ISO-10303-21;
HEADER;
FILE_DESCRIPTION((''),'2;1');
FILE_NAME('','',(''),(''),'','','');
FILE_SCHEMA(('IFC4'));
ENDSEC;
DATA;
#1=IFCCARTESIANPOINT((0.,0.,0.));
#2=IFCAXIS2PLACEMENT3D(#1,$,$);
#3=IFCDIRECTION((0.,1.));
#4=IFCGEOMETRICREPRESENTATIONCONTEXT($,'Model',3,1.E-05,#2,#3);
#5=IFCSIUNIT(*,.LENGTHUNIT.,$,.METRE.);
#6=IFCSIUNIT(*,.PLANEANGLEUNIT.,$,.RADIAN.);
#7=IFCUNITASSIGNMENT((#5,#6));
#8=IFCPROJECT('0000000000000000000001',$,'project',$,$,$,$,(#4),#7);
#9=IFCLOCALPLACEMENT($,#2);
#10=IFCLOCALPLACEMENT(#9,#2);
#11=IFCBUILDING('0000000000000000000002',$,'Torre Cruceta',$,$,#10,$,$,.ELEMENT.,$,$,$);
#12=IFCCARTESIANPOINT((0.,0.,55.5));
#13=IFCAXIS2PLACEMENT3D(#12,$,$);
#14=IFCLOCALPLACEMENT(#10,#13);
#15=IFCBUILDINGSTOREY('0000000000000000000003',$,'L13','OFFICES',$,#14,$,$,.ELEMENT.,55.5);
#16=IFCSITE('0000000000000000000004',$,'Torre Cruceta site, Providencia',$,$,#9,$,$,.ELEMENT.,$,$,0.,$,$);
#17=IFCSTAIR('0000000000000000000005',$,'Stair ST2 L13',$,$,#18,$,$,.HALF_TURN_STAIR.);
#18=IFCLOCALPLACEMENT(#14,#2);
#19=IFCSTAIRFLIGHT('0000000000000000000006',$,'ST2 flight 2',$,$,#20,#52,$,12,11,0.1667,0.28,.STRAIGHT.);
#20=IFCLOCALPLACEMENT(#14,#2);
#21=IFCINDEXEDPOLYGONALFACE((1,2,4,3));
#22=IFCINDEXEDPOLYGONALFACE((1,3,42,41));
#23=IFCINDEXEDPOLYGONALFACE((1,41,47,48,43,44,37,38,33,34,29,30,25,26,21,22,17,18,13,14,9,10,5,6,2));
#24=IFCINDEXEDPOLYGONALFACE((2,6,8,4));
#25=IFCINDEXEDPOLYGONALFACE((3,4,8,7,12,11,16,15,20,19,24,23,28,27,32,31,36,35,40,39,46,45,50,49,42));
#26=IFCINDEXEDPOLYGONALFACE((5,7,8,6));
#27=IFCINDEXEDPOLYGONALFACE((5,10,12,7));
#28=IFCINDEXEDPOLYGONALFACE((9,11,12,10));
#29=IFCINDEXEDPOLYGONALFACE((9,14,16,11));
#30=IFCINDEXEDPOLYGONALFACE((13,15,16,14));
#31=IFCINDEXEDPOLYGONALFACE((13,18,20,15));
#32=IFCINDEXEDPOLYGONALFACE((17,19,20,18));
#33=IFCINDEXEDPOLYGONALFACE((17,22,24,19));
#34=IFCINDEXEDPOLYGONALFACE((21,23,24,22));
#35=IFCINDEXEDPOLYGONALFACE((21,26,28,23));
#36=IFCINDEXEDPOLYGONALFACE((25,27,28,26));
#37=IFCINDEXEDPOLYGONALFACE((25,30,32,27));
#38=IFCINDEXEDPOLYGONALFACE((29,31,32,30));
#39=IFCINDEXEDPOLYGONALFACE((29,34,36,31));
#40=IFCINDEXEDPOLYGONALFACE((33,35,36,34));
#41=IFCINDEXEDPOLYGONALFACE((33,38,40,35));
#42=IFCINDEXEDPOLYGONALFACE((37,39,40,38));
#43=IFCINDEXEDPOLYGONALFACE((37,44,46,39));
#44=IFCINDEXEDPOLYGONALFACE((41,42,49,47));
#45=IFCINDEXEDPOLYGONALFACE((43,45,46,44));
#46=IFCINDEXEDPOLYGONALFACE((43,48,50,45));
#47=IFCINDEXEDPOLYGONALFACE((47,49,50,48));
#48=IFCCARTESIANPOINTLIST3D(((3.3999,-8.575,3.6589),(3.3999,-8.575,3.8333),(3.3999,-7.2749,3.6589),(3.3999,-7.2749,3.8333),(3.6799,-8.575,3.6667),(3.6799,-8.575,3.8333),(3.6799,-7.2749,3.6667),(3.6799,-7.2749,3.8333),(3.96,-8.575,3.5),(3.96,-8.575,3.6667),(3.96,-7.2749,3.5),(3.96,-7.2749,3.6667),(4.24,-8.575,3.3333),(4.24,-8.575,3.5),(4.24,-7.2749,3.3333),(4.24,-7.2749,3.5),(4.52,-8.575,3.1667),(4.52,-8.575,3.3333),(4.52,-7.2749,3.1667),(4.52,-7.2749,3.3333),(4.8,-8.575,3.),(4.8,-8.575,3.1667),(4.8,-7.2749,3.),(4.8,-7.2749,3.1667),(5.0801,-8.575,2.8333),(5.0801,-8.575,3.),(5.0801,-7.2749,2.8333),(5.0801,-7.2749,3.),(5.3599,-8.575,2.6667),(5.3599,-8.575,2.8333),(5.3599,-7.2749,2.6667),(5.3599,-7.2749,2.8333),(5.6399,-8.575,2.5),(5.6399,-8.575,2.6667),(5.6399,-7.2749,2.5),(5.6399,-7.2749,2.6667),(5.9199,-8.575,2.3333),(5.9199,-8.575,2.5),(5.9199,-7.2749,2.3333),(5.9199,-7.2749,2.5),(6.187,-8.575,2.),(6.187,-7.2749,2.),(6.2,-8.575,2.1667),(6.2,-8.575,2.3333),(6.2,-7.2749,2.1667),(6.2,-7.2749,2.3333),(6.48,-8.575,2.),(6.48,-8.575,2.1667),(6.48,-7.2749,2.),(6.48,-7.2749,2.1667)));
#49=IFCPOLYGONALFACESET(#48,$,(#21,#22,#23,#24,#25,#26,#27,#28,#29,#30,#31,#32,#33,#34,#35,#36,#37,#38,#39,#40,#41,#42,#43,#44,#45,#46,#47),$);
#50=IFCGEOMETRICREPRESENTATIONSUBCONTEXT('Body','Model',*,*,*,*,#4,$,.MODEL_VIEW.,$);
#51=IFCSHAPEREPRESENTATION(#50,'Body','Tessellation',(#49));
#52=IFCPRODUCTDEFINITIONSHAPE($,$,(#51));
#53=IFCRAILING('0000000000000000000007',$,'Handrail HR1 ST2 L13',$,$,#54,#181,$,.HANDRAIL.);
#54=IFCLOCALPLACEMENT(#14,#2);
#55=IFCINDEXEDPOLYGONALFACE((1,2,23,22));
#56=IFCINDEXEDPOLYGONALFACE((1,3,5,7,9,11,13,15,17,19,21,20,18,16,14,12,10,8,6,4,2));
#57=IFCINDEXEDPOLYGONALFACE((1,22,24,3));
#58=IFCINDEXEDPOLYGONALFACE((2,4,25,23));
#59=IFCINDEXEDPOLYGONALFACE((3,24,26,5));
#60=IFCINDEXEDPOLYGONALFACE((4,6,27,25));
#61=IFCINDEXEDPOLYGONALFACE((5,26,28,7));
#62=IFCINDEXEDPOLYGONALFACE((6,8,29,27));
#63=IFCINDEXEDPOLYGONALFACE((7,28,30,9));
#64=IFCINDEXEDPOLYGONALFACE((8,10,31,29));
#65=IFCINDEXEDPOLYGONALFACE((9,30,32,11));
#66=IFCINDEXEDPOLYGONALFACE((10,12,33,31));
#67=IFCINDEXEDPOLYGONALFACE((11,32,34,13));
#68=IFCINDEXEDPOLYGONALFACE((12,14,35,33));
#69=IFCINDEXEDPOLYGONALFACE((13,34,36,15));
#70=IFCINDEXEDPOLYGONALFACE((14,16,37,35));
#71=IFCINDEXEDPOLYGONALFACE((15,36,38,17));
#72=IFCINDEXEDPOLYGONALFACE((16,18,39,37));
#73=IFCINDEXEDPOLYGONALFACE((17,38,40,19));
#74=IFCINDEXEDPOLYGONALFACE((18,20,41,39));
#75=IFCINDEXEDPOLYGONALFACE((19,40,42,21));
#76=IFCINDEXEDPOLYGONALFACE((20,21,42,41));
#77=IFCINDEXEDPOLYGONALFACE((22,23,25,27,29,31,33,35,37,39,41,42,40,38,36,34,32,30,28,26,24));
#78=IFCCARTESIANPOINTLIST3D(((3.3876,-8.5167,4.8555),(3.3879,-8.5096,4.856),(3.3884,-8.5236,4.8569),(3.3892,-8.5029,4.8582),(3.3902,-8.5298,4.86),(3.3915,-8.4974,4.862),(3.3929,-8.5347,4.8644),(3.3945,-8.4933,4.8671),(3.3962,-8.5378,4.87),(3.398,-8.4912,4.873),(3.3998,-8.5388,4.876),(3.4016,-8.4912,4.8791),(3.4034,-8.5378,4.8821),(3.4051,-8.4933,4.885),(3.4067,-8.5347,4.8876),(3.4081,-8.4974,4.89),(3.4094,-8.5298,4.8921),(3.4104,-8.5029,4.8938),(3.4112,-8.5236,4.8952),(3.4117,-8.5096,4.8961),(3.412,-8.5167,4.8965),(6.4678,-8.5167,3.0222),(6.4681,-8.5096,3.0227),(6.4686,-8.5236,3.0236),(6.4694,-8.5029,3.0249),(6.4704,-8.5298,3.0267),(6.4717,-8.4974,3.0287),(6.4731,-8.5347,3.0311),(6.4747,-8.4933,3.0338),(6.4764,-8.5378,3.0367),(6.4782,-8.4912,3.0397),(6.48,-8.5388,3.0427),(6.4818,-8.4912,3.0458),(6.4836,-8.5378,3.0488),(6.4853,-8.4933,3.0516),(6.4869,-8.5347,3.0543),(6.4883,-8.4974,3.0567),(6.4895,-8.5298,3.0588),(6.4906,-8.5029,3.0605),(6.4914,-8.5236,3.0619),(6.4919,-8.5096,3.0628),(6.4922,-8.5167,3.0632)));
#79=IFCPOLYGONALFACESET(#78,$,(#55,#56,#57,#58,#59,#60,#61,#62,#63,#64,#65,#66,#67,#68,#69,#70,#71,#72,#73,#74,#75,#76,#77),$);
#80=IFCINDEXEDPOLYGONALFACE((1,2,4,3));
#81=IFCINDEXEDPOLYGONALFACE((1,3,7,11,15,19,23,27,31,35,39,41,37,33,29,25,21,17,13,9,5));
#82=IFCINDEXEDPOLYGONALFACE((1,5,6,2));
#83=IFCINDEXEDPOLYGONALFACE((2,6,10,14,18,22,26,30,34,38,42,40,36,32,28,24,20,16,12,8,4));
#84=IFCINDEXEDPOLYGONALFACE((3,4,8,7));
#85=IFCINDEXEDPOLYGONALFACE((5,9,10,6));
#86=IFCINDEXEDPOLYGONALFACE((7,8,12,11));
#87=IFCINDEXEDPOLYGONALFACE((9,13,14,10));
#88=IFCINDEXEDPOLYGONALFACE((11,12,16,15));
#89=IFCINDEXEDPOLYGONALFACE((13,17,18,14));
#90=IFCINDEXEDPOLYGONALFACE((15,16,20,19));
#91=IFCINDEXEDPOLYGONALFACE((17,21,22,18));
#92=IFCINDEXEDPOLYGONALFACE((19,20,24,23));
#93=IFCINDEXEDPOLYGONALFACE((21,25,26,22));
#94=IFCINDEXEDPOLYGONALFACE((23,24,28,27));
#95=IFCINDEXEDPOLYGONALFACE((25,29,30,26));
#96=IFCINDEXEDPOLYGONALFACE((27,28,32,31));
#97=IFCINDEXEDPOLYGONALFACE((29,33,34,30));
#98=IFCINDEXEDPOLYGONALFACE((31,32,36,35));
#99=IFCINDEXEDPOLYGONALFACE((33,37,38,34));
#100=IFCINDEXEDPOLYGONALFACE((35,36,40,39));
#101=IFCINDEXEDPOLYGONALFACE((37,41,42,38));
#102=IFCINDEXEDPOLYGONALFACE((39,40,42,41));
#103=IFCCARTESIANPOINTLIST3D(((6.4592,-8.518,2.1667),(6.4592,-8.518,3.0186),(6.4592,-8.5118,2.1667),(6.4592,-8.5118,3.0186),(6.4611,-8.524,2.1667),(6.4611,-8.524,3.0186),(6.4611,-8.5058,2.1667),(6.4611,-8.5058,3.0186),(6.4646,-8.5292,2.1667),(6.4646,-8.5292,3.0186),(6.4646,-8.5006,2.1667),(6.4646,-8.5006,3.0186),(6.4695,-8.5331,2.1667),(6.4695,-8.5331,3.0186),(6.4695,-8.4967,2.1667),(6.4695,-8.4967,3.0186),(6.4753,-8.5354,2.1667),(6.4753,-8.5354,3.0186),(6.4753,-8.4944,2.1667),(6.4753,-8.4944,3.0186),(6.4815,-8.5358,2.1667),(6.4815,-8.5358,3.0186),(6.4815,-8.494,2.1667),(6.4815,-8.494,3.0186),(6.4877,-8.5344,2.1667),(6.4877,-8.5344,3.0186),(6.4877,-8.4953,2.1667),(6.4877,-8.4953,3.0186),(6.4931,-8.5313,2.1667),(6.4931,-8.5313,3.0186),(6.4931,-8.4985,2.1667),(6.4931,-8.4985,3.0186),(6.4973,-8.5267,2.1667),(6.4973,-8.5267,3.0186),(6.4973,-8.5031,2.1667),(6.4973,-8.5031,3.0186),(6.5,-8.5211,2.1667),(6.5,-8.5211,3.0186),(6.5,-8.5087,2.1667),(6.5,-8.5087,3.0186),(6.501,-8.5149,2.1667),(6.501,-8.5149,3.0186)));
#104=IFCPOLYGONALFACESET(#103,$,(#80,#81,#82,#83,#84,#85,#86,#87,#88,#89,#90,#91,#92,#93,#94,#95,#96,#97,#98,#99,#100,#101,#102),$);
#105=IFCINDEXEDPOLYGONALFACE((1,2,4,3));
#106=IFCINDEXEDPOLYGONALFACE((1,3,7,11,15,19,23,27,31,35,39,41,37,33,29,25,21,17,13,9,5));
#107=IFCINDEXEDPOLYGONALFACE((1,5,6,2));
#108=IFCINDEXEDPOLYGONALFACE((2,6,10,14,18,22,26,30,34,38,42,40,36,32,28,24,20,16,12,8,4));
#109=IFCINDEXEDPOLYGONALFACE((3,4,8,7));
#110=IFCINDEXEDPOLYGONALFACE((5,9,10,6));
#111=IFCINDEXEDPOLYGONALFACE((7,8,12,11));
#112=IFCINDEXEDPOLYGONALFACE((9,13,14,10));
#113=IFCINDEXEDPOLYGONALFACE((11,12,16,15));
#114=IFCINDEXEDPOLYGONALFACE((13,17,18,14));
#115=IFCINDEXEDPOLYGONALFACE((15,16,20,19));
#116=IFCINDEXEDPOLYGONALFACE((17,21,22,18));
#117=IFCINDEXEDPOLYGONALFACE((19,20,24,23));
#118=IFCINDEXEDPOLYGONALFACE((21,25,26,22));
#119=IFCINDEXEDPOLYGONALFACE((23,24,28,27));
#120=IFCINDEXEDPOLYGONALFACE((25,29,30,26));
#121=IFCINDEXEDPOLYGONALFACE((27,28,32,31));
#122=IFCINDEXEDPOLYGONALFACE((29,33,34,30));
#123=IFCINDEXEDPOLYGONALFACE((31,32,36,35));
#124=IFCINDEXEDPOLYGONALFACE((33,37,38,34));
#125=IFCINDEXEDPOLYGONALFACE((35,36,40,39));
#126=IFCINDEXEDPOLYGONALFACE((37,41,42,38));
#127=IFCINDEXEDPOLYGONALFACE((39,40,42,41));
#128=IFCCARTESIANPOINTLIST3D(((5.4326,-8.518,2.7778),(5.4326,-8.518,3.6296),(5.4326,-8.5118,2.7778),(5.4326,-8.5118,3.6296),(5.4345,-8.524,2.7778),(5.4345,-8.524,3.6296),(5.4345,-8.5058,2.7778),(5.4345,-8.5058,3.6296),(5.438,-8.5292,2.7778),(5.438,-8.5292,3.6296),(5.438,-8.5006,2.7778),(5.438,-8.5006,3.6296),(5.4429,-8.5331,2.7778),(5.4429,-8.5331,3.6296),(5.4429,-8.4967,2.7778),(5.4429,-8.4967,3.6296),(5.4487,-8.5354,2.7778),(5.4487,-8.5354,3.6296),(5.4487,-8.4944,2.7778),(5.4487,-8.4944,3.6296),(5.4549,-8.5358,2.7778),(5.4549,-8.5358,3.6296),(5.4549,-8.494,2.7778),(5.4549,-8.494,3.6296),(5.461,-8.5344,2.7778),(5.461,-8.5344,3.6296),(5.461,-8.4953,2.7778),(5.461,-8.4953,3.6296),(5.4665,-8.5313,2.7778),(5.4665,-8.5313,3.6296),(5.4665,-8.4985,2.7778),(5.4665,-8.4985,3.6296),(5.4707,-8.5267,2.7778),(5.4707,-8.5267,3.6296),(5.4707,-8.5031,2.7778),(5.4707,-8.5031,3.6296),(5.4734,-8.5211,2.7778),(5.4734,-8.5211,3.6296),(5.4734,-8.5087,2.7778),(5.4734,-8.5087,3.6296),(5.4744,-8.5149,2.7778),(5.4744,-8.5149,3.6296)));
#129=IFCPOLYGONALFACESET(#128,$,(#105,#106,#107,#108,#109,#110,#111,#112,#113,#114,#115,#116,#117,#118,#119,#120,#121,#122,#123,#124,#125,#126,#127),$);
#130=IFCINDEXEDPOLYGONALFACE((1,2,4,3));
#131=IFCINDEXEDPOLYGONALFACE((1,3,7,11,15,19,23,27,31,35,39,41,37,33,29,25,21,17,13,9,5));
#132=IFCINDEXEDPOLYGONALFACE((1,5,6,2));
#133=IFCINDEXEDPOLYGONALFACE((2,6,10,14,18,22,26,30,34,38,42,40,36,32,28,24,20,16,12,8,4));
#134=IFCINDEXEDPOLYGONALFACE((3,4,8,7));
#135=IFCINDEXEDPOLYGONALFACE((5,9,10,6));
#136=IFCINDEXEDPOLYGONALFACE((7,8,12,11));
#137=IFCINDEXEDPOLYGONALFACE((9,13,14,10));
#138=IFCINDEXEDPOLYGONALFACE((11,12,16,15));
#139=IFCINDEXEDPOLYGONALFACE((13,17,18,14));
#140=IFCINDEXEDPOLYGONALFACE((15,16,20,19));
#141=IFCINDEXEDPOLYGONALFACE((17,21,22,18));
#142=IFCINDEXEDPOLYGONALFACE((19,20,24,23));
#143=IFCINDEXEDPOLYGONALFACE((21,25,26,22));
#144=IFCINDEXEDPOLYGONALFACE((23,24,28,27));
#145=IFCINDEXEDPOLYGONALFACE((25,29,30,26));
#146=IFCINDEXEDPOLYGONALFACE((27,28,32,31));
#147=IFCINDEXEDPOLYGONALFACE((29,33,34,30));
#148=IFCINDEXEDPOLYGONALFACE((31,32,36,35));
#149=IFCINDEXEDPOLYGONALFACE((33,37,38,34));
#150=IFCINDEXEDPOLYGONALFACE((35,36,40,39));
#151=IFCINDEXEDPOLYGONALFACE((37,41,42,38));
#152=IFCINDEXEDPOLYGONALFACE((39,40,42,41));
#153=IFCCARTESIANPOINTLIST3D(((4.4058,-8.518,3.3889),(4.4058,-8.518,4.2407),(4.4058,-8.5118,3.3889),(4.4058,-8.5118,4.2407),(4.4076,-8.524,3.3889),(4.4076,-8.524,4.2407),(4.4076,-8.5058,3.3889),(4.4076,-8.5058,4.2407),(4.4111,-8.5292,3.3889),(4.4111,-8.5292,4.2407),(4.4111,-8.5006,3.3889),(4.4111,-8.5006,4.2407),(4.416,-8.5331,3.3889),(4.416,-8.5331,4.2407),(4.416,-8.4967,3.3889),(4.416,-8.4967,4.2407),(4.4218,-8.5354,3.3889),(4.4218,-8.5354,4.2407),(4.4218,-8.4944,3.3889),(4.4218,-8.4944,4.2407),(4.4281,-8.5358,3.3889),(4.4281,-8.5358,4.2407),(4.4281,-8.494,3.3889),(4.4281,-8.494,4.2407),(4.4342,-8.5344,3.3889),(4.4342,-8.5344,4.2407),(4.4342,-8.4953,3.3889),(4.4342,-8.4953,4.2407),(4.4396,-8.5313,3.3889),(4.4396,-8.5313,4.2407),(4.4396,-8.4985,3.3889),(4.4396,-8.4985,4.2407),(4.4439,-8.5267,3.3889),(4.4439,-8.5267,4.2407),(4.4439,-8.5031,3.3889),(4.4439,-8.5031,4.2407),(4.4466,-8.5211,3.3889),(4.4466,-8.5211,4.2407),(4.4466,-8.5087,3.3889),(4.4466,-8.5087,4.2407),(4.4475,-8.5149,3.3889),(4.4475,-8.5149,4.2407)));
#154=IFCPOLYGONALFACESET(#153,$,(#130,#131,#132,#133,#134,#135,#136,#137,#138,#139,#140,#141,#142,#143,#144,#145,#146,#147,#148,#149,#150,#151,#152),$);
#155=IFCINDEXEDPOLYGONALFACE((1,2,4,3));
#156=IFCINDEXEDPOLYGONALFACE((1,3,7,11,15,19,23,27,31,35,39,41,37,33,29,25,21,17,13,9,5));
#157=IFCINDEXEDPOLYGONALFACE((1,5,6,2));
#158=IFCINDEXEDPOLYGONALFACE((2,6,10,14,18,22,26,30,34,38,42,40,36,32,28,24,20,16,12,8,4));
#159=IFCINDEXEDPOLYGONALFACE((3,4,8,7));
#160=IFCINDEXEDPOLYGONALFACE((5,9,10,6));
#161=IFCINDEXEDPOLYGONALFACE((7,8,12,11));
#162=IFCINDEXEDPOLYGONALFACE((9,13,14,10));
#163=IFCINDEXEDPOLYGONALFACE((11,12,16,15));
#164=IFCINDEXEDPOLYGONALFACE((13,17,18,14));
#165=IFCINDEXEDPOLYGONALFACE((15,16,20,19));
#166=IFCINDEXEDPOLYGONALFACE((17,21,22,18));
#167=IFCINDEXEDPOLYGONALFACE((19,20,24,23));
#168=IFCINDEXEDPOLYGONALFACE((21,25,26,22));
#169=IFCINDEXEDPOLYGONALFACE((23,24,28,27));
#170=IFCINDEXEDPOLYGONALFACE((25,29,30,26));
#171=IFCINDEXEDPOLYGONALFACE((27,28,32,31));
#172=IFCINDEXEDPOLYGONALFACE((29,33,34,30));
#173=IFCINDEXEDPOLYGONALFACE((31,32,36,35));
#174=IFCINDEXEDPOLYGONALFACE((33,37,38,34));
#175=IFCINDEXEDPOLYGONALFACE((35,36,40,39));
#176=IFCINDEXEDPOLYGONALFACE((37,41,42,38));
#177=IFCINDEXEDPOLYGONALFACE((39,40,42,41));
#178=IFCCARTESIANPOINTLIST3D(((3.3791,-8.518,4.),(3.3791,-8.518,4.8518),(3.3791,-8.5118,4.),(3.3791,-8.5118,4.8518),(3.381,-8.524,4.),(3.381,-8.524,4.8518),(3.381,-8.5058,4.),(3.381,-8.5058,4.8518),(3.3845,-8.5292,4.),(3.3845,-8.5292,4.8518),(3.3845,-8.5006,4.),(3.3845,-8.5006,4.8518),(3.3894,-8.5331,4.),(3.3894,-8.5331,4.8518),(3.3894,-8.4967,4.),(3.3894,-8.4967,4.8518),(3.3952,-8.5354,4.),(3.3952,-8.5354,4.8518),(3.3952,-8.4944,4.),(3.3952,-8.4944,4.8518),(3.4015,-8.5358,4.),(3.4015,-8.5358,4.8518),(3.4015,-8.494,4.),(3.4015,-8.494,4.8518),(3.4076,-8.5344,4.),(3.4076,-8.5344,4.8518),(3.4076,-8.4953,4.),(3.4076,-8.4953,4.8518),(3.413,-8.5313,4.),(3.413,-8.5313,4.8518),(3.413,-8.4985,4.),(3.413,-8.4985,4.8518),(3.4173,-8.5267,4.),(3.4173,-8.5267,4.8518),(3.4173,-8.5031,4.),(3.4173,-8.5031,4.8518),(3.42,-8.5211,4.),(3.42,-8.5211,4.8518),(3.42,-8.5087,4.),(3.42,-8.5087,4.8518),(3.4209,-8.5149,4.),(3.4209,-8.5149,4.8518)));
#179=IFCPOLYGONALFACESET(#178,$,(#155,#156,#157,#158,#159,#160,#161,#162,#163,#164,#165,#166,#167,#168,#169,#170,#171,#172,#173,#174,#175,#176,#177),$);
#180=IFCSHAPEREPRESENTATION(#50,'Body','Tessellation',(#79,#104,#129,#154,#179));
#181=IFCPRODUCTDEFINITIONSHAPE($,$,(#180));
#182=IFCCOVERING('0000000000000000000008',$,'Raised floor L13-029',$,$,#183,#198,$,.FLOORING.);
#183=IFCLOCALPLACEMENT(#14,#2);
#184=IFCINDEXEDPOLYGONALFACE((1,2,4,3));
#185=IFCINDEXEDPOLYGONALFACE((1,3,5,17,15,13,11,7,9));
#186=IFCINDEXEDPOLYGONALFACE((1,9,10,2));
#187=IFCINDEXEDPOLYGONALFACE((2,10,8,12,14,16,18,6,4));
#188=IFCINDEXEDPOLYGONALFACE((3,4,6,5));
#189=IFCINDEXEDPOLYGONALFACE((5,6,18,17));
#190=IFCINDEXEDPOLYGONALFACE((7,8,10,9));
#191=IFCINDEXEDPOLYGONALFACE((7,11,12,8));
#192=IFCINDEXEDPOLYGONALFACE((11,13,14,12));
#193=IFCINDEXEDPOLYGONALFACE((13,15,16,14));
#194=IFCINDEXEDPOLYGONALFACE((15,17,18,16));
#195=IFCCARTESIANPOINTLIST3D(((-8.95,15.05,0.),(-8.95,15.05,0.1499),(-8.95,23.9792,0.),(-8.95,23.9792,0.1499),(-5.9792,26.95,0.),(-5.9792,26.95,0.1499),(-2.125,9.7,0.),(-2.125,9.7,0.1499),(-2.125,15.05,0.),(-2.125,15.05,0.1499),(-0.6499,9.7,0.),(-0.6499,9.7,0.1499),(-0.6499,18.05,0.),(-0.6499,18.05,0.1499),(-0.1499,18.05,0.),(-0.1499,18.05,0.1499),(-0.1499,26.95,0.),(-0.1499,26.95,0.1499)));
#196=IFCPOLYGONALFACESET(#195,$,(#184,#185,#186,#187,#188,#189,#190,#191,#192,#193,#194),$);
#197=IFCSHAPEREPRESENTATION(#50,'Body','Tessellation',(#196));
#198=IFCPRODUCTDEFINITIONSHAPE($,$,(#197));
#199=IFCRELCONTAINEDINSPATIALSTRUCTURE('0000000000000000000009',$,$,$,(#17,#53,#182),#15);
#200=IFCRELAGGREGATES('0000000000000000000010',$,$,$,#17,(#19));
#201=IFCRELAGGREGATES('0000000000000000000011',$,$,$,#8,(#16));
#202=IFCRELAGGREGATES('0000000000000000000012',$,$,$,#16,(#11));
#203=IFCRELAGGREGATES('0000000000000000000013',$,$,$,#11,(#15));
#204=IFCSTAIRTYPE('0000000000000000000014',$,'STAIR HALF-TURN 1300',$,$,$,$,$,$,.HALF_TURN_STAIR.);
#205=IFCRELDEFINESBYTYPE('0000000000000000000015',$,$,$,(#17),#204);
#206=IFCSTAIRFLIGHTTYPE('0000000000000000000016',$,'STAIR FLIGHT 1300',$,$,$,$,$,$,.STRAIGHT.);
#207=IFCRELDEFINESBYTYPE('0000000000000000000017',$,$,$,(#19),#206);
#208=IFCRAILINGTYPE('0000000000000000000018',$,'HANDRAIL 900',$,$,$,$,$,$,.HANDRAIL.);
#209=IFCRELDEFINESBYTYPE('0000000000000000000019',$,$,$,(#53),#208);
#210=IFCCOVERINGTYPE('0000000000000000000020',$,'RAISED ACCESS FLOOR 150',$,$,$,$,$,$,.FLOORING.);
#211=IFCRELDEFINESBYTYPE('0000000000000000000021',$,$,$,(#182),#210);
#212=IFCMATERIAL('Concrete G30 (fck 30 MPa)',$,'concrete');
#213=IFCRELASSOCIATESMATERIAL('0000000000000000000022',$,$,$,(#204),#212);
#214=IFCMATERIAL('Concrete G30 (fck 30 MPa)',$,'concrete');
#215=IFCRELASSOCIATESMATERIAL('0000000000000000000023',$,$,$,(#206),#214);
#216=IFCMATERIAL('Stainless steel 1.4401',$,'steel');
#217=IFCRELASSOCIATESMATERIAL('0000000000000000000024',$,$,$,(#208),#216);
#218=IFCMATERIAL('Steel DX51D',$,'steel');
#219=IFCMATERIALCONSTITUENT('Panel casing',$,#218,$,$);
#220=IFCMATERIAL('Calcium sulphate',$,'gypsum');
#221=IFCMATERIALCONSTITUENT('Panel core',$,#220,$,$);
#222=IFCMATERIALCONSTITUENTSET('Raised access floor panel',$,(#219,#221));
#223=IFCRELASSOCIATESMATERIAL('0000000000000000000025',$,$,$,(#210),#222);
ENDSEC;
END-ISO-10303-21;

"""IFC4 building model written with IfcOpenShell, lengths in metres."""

from ifc_helpers import new_model, si_unit, direction, frame, origin, origin_2d, place, context, subcontext, project, spatial, polyline, circle, outline, extrude, material, constituent, constituent_set, type_object, element, aggregate, save


model = new_model("IFC4")

# Units and contexts
model_context = context("Model", 3, precision=1e-05, world=origin(), true_north=direction((0.0, 1.0)))
body_context = subcontext(model_context, "Body", "Model", "MODEL_VIEW")
ifc_project = project(units=[si_unit("LENGTHUNIT", "METRE"), si_unit("PLANEANGLEUNIT", "RADIAN")], contexts=[model_context])

# Site, building, storey
site_placement = place(None, origin())
site = spatial("IfcSite", under=ifc_project, at=site_placement, Name="Torre Cruceta site, Providencia", CompositionType="ELEMENT", RefElevation=0.0)
building_placement = place(site_placement, origin())
building = spatial("IfcBuilding", under=site, at=building_placement, Name="Torre Cruceta", CompositionType="ELEMENT")
storey_placement = place(building_placement, frame((0.0, 0.0, 55.5)))
storey = spatial("IfcBuildingStorey", under=building, at=storey_placement, Name="L13", Description="OFFICES", CompositionType="ELEMENT", Elevation=55.5)

# Stair, stair flight
ifc_material_1 = material(Name="Concrete G30 (fck 30 MPa)", Category="concrete")
stair_type = type_object("IfcStairType", Name="STAIR HALF-TURN 1300", PredefinedType="HALF_TURN_STAIR", material=ifc_material_1)
stair_placement = place(storey_placement, origin())
stair = element("IfcStair", 1, at=stair_placement, inside=storey, type_object=stair_type, Name="Stair ST2 L13", PredefinedType="HALF_TURN_STAIR")
ifc_material_2 = material(Name="Concrete G30 (fck 30 MPa)", Category="concrete")
stair_flight_type = type_object("IfcStairFlightType", Name="STAIR FLIGHT 1300", PredefinedType="STRAIGHT", material=ifc_material_2)
stair_flight_1_placement = place(storey_placement, frame((6.48, -7.925, 2.0), z_axis=(0.0, 0.0, 1.0), x_axis=(-1.0, 0.0, 0.0)))
stair_flight_1 = element("IfcStairFlight", 2, at=stair_flight_1_placement, type_object=stair_flight_type, Name="ST2 flight 2", NumberOfRisers=12, NumberOfTreads=11, PredefinedType="STRAIGHT", RiserHeight=0.1667, TreadLength=0.28, context=body_context, shape_type="SweptSolid", body=[
    extrude(outline(polyline([(0.0, 0.0), (0.0, 0.1667), (0.28, 0.1667), (0.28, 0.3333), (0.5601, 0.3333), (0.5601, 0.5), (0.8401, 0.5), (0.8401, 0.6667), (1.1201, 0.6667), (1.1201, 0.8333), (1.3999, 0.8333), (1.3999, 1.0), (1.6799, 1.0), (1.6799, 1.1667), (1.96, 1.1667), (1.96, 1.3333), (2.24, 1.3333), (2.24, 1.5), (2.52, 1.5), (2.52, 1.6667), (2.8, 1.6667), (2.8, 1.8333), (3.0801, 1.8333), (3.0801, 2.0), (3.0801, 1.6589), (0.293, 0.0), (0.0, 0.0)])), frame((0.0, 0.6499, 0.0), z_axis=(0.0, -1.0, 0.0), x_axis=(1.0, 0.0, 0.0)), (0.0, 0.0, 1.0), 1.3),
])
aggregate(stair, [stair_flight_1])

# Railing
ifc_material_3 = material(Name="Stainless steel 1.4401", Category="steel")
railing_type = type_object("IfcRailingType", Name="HANDRAIL 900", PredefinedType="HANDRAIL", material=ifc_material_3)
railing_1_placement = place(storey_placement, frame((6.48, -8.5149, 2.1667)))
element("IfcRailing", 3, at=railing_1_placement, inside=storey, type_object=railing_type, Name="Handrail HR1 ST2 L13", PredefinedType="HANDRAIL", context=body_context, shape_type="SweptSolid", body=[
    extrude(circle(Radius=0.0239, at=origin_2d()), frame((0.0, 0.0, 0.876), z_axis=(-0.859309, 0.0, 0.511458), x_axis=(0.0, -1.0, 0.0)), (0.0, 0.0, 1.0), 3.5845),
    extrude(circle(Radius=0.021, at=origin_2d()), origin(), (0.0, 0.0, 1.0), 0.8518),
    extrude(circle(Radius=0.021, at=origin_2d()), frame((-1.0266, 0.0, 0.6111)), (0.0, 0.0, 1.0), 0.8518),
    extrude(circle(Radius=0.021, at=origin_2d()), frame((-2.0535, 0.0, 1.2222)), (0.0, 0.0, 1.0), 0.8518),
    extrude(circle(Radius=0.021, at=origin_2d()), frame((-3.0801, 0.0, 1.8333)), (0.0, 0.0, 1.0), 0.8518),
])

# Covering
ifc_material_4 = material(Name="Steel DX51D", Category="steel")
ifc_constituent_1 = constituent(ifc_material_4, Name="Panel casing")
ifc_material_5 = material(Name="Calcium sulphate", Category="gypsum")
ifc_constituent_2 = constituent(ifc_material_5, Name="Panel core")
ifc_constituent_set_1 = constituent_set(constituents=[ifc_constituent_1, ifc_constituent_2], Name="Raised access floor panel")
covering_type_1 = type_object("IfcCoveringType", Name="RAISED ACCESS FLOOR 150", PredefinedType="FLOORING", material=ifc_constituent_set_1)
covering_1_placement = place(storey_placement, origin())
element("IfcCovering", 4, at=covering_1_placement, inside=storey, type_object=covering_type_1, Name="Raised floor L13-029", PredefinedType="FLOORING", context=body_context, shape_type="SweptSolid", body=[
    extrude(outline(polyline([(-0.1499, 26.95), (-0.1499, 18.05), (-0.6499, 18.05), (-0.6499, 9.7), (-2.125, 9.7), (-2.125, 15.05), (-8.95, 15.05), (-8.95, 23.9792), (-5.9792, 26.95), (-0.1499, 26.95)])), origin(), (0.0, 0.0, 1.0), 0.1499),
])

save(model, "model.ifc")
